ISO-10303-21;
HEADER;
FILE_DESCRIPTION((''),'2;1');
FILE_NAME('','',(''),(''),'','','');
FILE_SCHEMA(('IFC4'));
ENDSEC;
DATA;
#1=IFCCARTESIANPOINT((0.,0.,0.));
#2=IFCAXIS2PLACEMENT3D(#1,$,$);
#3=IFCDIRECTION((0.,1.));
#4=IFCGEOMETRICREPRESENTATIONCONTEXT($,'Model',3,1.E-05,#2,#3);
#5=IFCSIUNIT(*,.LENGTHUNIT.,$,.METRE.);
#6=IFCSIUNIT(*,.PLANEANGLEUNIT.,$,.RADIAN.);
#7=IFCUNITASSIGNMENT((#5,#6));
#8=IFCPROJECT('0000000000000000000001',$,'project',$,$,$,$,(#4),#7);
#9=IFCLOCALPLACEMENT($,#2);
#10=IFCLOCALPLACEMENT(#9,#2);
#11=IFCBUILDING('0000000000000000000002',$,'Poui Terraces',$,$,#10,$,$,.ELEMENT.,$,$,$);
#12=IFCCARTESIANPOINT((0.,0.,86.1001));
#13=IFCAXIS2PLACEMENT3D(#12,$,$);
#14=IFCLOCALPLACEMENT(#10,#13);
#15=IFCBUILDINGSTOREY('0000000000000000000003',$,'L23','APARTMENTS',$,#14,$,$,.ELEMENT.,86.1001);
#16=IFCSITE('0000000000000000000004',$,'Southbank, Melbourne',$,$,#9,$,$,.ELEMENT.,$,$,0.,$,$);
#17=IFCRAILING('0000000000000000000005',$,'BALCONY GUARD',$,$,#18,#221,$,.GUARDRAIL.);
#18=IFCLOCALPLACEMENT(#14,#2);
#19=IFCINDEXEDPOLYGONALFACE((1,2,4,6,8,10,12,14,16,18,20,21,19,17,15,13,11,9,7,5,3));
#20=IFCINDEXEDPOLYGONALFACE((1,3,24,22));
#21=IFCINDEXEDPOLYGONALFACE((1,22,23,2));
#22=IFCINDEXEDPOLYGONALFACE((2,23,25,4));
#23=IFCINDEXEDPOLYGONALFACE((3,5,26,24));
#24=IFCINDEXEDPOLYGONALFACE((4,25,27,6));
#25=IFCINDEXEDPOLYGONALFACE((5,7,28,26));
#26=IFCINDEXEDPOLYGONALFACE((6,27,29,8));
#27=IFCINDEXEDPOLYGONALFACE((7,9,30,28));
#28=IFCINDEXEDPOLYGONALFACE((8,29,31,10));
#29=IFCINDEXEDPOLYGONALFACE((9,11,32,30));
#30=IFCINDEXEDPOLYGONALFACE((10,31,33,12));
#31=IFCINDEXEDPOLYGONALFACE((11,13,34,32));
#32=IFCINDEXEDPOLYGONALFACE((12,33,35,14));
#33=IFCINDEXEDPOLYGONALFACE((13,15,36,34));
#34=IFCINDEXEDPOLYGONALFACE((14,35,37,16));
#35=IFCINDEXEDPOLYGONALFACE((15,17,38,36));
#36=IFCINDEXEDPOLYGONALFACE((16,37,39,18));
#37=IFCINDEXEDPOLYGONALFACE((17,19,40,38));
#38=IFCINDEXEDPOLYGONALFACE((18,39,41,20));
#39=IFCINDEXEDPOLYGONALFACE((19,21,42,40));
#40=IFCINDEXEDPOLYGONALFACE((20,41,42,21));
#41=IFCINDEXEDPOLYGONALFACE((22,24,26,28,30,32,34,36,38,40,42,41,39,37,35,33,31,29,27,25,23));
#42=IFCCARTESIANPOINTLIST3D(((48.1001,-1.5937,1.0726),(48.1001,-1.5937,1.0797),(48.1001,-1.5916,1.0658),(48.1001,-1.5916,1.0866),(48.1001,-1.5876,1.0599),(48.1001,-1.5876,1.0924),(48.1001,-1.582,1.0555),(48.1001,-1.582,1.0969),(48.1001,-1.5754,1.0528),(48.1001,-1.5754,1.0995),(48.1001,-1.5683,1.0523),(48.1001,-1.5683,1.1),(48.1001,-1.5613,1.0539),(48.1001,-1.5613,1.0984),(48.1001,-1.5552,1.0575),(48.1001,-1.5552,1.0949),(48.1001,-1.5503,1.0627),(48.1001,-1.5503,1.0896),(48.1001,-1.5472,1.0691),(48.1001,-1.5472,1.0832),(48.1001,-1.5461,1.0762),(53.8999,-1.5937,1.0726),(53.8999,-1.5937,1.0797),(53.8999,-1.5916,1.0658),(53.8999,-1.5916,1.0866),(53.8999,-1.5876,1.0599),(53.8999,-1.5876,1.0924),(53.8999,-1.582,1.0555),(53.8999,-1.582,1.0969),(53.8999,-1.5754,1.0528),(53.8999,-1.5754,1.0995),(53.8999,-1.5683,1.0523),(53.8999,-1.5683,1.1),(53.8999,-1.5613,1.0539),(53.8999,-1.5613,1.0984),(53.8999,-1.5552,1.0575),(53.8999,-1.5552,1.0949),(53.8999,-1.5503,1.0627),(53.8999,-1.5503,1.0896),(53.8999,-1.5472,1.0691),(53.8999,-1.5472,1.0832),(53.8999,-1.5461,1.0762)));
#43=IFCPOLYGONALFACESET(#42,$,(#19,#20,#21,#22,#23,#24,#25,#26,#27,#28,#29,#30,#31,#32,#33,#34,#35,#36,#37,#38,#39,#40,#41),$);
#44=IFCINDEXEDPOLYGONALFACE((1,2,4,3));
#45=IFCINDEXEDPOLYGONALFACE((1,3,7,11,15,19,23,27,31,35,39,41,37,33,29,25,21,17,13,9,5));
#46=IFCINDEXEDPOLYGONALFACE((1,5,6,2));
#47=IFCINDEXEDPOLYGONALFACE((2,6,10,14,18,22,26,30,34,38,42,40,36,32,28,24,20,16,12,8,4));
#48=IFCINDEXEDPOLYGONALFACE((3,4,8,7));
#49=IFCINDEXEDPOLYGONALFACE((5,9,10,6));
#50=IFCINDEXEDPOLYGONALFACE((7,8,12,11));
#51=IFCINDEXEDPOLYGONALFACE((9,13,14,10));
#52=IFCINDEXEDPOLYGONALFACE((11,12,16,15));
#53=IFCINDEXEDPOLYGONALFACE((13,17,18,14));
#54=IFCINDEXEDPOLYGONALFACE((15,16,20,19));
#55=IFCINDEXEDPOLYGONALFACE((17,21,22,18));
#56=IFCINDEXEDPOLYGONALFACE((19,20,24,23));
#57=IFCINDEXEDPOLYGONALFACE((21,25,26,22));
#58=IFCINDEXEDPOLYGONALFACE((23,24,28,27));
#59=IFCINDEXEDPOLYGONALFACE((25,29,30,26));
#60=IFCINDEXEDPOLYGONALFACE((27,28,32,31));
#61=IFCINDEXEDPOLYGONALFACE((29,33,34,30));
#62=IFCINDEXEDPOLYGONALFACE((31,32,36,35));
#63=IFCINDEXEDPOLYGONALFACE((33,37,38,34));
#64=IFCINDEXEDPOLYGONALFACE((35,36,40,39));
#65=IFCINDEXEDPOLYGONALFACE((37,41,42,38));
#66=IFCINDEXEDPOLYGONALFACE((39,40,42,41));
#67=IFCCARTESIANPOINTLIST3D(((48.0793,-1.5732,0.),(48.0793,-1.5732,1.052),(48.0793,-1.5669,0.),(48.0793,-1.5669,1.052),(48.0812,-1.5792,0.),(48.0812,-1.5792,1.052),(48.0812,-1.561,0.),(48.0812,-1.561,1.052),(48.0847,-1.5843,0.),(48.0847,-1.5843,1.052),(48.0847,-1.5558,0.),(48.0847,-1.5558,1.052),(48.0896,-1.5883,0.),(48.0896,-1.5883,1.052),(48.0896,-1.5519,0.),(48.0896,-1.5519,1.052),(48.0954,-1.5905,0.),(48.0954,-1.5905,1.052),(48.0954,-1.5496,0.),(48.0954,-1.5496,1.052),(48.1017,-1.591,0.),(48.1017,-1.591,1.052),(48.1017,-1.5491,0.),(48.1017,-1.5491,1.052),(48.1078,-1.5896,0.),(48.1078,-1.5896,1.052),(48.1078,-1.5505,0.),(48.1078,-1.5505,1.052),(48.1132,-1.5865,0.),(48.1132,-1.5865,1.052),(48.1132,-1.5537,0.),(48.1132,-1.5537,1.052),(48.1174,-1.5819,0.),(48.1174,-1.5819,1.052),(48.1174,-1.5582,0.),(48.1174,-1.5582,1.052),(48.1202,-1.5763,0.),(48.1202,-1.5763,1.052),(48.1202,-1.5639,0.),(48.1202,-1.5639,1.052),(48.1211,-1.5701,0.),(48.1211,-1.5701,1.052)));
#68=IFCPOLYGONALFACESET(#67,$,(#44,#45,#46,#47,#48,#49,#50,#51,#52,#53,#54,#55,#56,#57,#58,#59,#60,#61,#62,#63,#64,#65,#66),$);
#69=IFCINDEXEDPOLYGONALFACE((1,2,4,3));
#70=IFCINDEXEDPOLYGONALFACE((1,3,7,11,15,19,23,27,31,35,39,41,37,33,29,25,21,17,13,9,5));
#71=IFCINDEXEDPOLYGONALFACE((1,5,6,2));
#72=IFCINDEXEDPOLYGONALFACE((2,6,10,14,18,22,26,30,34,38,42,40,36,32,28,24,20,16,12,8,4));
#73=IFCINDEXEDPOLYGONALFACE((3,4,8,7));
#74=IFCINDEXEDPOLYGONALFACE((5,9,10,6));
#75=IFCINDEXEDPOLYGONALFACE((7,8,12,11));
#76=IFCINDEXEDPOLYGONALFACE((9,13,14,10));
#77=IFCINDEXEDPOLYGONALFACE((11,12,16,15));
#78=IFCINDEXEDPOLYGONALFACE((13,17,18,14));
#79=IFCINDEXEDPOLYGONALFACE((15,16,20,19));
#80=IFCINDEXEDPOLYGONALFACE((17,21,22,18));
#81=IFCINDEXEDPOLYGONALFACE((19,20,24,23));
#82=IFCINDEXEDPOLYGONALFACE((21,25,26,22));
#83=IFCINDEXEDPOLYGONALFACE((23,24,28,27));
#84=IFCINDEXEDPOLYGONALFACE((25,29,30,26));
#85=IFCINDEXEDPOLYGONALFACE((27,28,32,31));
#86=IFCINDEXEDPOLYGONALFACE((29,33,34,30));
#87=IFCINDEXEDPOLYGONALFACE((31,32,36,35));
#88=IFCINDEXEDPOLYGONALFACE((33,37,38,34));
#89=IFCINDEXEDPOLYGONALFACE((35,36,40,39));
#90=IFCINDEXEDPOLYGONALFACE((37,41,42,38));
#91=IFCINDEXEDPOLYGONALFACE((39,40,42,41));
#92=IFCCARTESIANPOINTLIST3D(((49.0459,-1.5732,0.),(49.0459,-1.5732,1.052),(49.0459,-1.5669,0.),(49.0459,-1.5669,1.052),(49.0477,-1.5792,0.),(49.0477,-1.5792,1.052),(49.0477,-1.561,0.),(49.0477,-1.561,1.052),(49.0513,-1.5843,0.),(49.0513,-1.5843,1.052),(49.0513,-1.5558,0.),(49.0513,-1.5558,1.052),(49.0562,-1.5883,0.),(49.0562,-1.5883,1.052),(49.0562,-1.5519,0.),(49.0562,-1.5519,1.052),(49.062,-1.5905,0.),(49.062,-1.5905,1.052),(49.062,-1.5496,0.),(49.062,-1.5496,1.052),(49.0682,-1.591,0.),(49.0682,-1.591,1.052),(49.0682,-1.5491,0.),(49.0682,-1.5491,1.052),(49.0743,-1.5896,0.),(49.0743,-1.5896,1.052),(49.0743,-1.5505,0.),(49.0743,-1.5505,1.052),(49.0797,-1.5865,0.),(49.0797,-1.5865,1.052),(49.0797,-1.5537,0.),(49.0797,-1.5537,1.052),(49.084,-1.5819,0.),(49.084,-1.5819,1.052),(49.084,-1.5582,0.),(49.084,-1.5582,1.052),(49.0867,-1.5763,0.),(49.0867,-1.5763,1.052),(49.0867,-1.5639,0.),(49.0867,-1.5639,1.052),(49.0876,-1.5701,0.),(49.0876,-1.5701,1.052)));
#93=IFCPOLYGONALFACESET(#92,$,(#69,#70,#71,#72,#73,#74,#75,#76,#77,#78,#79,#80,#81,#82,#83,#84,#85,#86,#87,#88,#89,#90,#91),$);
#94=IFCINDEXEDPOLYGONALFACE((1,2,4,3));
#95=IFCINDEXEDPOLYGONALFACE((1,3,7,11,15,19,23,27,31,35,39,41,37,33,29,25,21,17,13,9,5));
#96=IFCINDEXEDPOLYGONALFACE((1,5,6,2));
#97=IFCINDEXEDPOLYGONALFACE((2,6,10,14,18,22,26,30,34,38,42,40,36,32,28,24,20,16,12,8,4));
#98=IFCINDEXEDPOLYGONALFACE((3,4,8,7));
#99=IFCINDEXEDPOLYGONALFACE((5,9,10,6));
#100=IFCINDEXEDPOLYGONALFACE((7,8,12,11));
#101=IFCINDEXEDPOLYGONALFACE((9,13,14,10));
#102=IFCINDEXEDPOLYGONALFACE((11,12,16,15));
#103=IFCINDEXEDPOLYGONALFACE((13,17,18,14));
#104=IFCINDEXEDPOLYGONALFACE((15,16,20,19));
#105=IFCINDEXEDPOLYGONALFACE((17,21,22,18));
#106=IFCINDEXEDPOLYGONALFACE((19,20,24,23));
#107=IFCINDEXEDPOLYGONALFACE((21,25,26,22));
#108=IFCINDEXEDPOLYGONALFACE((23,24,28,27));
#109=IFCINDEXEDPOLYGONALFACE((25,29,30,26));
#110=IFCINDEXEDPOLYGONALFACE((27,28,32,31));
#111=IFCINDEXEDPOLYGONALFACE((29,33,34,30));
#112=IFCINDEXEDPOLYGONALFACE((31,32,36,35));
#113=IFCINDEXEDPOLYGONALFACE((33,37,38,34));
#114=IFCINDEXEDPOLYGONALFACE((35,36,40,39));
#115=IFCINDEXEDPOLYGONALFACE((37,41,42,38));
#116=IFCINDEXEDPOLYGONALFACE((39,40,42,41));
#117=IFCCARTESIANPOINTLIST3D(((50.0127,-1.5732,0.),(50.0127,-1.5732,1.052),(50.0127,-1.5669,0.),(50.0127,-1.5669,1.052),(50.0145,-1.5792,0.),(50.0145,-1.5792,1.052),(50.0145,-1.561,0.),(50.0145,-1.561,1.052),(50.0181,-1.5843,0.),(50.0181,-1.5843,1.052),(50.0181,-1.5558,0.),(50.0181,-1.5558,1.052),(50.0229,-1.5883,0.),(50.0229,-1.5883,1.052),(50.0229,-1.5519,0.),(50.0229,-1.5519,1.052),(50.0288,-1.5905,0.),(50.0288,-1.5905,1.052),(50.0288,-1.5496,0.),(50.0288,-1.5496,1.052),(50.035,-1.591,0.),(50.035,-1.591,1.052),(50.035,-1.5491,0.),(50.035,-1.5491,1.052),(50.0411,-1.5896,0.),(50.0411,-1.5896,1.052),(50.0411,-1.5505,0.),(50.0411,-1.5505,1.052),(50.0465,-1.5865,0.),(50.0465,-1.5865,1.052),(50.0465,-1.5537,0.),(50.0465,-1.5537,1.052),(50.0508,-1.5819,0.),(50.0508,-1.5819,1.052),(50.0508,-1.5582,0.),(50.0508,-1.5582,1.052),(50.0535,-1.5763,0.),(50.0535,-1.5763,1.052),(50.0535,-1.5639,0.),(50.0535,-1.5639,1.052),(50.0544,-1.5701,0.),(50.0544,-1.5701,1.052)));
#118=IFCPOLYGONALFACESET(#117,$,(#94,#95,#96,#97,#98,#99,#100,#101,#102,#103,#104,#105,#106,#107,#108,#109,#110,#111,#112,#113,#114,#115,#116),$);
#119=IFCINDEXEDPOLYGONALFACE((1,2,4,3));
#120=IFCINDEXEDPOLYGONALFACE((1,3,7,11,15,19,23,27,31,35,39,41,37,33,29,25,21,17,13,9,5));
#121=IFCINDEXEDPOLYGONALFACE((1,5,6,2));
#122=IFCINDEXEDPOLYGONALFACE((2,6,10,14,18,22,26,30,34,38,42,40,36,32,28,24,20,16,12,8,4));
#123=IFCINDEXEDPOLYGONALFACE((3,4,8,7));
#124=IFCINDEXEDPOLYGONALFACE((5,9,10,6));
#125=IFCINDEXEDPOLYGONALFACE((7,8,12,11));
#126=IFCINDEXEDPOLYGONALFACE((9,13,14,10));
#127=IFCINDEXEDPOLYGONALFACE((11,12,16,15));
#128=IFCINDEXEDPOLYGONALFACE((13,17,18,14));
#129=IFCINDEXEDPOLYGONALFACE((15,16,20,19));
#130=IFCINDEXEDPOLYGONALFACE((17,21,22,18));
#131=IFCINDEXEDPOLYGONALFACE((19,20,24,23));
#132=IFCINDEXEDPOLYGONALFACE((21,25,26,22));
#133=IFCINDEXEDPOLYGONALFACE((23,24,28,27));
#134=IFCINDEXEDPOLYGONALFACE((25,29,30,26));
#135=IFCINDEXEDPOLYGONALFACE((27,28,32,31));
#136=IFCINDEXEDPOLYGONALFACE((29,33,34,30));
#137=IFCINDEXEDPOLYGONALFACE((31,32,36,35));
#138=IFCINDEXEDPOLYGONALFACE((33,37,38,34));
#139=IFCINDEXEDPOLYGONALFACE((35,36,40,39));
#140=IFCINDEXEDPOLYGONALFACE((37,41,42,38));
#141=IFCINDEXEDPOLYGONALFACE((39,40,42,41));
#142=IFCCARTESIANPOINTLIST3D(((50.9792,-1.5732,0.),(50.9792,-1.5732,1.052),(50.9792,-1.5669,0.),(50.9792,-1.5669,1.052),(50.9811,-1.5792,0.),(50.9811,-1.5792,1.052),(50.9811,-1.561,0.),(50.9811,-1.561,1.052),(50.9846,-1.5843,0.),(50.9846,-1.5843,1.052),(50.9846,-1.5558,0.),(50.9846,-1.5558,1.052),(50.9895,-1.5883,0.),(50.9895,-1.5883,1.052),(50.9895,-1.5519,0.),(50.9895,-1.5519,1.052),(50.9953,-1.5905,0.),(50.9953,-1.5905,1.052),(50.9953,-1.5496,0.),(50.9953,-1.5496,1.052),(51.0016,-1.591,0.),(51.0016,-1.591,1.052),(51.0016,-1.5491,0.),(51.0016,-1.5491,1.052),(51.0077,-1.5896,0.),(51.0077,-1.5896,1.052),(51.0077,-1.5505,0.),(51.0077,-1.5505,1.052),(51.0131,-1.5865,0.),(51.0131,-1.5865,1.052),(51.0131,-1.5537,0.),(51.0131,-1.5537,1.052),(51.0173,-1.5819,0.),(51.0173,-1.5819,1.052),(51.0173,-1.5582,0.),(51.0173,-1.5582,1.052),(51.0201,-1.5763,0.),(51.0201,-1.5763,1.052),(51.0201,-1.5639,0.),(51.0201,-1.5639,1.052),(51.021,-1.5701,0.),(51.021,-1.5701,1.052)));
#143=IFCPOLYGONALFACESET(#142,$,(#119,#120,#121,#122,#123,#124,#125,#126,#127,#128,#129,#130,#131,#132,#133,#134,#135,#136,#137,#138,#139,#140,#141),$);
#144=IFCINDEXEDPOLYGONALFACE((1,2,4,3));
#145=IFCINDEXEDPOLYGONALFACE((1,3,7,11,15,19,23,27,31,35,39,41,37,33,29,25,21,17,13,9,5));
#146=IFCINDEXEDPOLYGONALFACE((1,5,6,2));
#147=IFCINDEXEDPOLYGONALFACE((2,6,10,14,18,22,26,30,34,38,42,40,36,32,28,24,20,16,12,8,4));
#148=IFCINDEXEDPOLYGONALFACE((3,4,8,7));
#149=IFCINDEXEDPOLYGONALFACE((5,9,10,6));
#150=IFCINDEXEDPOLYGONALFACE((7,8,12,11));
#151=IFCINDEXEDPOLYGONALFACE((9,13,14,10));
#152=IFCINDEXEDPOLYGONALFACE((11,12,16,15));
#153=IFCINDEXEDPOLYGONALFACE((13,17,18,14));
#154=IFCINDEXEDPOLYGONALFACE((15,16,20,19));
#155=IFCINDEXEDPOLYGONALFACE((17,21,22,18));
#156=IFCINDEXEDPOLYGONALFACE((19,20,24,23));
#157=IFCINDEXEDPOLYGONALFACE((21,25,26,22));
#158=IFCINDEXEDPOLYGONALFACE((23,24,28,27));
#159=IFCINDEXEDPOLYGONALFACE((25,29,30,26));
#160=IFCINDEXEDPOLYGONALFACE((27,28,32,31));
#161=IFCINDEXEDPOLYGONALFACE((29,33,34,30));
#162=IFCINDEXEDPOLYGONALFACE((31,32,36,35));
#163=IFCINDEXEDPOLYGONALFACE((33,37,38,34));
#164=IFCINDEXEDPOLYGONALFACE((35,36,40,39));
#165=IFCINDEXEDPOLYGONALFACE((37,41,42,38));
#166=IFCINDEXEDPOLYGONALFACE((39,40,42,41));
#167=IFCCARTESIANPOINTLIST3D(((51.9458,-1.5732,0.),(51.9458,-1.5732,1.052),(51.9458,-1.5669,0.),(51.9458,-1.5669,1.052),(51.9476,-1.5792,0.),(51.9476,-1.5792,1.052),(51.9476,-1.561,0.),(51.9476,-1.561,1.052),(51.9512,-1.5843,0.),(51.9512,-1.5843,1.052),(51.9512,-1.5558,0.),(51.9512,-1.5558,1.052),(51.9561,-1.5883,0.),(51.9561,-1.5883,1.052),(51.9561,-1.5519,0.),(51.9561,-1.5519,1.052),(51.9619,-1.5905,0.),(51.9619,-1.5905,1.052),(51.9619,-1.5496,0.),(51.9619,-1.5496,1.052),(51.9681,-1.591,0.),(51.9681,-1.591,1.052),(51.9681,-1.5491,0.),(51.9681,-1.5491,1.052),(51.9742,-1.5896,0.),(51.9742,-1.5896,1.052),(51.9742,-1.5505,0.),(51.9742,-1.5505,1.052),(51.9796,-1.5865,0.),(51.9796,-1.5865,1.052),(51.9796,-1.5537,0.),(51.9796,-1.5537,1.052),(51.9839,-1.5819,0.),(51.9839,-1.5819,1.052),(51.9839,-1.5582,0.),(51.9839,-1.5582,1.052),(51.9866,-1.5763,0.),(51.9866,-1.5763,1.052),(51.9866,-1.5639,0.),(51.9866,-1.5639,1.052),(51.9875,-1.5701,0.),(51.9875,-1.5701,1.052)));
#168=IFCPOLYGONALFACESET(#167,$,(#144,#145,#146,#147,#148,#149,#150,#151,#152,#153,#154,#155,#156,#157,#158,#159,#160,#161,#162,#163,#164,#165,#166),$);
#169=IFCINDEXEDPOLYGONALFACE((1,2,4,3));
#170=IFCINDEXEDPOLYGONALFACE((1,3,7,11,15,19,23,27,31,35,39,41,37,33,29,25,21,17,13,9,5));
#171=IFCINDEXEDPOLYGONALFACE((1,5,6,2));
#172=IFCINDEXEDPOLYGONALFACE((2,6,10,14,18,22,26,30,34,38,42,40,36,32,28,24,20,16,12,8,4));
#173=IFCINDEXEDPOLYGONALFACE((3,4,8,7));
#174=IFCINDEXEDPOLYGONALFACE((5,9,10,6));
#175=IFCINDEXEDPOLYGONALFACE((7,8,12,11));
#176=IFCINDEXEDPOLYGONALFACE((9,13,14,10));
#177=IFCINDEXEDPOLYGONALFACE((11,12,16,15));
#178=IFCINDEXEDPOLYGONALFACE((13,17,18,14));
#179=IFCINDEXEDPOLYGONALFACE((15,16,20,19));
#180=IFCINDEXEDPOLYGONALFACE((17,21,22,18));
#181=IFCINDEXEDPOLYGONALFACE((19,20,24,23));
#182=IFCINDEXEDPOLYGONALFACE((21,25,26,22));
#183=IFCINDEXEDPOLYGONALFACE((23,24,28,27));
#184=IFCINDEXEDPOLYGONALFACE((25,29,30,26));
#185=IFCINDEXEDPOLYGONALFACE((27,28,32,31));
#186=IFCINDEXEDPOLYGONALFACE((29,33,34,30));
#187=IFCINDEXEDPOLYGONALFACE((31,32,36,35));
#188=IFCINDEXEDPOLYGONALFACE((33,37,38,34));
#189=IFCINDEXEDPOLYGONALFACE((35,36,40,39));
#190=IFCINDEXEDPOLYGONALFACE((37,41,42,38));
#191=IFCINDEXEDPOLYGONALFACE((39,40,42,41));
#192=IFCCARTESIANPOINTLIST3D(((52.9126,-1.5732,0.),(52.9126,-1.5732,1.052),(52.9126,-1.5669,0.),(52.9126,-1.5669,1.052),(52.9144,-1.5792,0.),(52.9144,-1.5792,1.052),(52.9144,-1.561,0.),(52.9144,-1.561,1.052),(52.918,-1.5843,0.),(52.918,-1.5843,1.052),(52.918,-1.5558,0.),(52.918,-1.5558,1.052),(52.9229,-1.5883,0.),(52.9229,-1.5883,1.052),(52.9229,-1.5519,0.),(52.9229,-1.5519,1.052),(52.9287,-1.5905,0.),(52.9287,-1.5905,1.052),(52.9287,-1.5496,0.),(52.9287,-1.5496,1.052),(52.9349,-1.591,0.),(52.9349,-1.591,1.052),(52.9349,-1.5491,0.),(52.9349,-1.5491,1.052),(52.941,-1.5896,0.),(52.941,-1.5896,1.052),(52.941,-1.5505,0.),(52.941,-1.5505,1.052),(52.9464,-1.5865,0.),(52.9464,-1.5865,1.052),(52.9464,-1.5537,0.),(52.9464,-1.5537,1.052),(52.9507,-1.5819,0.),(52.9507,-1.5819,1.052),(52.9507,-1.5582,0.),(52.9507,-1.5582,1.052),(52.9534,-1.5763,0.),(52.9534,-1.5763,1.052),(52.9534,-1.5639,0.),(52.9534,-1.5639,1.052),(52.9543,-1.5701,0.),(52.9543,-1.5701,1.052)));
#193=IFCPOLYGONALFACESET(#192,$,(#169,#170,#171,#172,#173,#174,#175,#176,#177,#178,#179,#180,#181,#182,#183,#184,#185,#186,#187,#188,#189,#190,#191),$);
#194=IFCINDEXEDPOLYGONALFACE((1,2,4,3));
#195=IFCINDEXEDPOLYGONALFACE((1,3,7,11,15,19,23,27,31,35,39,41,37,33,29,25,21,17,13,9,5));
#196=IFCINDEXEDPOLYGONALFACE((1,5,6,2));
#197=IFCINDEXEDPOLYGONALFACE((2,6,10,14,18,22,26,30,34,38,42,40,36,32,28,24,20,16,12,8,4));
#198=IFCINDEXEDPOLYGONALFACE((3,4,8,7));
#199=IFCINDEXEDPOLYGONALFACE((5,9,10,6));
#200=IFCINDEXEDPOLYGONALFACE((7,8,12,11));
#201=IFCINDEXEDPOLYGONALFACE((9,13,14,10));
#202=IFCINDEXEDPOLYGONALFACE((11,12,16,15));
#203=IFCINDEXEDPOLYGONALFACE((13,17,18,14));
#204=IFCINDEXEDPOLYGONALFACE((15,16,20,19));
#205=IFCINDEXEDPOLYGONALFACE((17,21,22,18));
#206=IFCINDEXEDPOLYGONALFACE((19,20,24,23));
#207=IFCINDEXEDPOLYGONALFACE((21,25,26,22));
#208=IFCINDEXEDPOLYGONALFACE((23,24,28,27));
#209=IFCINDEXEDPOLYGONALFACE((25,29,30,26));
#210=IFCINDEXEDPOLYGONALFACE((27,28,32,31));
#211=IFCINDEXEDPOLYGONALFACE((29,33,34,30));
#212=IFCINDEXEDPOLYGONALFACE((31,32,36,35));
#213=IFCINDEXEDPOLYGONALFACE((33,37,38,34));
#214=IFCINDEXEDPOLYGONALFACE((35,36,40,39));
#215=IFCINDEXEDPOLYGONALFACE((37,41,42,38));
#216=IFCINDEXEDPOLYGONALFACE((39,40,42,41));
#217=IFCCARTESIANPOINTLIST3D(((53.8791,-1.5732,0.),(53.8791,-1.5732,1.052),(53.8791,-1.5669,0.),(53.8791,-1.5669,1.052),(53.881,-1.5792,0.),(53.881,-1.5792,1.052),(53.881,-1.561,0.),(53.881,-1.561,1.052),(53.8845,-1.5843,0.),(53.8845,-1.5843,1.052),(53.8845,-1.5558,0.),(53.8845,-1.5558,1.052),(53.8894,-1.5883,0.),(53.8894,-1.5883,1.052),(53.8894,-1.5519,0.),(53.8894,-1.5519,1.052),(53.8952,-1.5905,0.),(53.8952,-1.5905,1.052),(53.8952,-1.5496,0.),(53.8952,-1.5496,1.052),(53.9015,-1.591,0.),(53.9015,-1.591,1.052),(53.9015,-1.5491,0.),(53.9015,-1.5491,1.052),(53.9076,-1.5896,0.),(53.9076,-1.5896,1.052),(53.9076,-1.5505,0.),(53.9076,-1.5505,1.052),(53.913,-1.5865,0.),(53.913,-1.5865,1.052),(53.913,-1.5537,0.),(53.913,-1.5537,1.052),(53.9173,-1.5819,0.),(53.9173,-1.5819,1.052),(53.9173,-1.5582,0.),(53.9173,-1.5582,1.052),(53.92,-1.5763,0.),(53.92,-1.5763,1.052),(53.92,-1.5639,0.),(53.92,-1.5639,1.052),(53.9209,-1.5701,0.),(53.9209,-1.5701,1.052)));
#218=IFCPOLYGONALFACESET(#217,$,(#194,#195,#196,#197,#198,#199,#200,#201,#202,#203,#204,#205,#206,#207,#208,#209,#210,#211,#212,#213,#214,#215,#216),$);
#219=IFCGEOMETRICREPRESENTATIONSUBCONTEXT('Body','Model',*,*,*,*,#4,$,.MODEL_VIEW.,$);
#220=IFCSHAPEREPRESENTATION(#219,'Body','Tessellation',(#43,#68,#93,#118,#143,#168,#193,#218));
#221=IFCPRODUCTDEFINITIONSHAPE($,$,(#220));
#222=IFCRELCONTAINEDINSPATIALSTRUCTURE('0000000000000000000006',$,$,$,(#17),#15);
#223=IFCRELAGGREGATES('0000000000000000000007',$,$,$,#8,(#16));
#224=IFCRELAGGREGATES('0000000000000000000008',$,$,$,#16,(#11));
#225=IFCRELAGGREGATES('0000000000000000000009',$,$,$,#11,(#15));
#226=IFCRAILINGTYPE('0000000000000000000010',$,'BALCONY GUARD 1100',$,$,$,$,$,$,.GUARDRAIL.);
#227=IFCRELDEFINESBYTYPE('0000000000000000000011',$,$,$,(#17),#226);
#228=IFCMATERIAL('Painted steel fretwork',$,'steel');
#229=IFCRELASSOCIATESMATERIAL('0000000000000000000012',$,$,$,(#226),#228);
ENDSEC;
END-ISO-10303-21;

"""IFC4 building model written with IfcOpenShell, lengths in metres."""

from ifc_helpers import new_model, si_unit, direction, frame, origin, origin_2d, place, context, subcontext, project, spatial, circle, extrude, material, type_object, element, save


model = new_model("IFC4")

# Units and contexts
model_context = context("Model", 3, precision=1e-05, world=origin(), true_north=direction((0.0, 1.0)))
body_context = subcontext(model_context, "Body", "Model", "MODEL_VIEW")
ifc_project = project(units=[si_unit("LENGTHUNIT", "METRE"), si_unit("PLANEANGLEUNIT", "RADIAN")], contexts=[model_context])

# Site, building, storey
site_placement = place(None, origin())
site = spatial("IfcSite", under=ifc_project, at=site_placement, Name="Southbank, Melbourne", CompositionType="ELEMENT", RefElevation=0.0)
building_placement = place(site_placement, origin())
building = spatial("IfcBuilding", under=site, at=building_placement, Name="Poui Terraces", CompositionType="ELEMENT")
storey_placement = place(building_placement, frame((0.0, 0.0, 86.1001)))
storey = spatial("IfcBuildingStorey", under=building, at=storey_placement, Name="L23", Description="APARTMENTS", CompositionType="ELEMENT", Elevation=86.1001)

# Railing
ifc_material_1 = material(Name="Painted steel fretwork", Category="steel")
railing_type = type_object("IfcRailingType", Name="BALCONY GUARD 1100", PredefinedType="GUARDRAIL", material=ifc_material_1)
railing_placement = place(storey_placement, frame((48.1001, -1.5701, 0.0)))
element("IfcRailing", 1, at=railing_placement, inside=storey, type_object=railing_type, Name="BALCONY GUARD", PredefinedType="GUARDRAIL", context=body_context, shape_type="SweptSolid", body=[
    extrude(circle(Radius=0.0239, at=origin_2d()), frame((0.0, 0.0, 1.0762), z_axis=(1.0, 0.0, 0.0), x_axis=(0.0, 1.0, 0.0)), (0.0, 0.0, 1.0), 5.7998),
    extrude(circle(Radius=0.021, at=origin_2d()), origin(), (0.0, 0.0, 1.0), 1.052),
    extrude(circle(Radius=0.021, at=origin_2d()), frame((0.9666, 0.0, 0.0)), (0.0, 0.0, 1.0), 1.052),
    extrude(circle(Radius=0.021, at=origin_2d()), frame((1.9333, 0.0, 0.0)), (0.0, 0.0, 1.0), 1.052),
    extrude(circle(Radius=0.021, at=origin_2d()), frame((2.8999, 0.0, 0.0)), (0.0, 0.0, 1.0), 1.052),
    extrude(circle(Radius=0.021, at=origin_2d()), frame((3.8665, 0.0, 0.0)), (0.0, 0.0, 1.0), 1.052),
    extrude(circle(Radius=0.021, at=origin_2d()), frame((4.8333, 0.0, 0.0)), (0.0, 0.0, 1.0), 1.052),
    extrude(circle(Radius=0.021, at=origin_2d()), frame((5.7998, 0.0, 0.0)), (0.0, 0.0, 1.0), 1.052),
])

save(model, "model.ifc")
